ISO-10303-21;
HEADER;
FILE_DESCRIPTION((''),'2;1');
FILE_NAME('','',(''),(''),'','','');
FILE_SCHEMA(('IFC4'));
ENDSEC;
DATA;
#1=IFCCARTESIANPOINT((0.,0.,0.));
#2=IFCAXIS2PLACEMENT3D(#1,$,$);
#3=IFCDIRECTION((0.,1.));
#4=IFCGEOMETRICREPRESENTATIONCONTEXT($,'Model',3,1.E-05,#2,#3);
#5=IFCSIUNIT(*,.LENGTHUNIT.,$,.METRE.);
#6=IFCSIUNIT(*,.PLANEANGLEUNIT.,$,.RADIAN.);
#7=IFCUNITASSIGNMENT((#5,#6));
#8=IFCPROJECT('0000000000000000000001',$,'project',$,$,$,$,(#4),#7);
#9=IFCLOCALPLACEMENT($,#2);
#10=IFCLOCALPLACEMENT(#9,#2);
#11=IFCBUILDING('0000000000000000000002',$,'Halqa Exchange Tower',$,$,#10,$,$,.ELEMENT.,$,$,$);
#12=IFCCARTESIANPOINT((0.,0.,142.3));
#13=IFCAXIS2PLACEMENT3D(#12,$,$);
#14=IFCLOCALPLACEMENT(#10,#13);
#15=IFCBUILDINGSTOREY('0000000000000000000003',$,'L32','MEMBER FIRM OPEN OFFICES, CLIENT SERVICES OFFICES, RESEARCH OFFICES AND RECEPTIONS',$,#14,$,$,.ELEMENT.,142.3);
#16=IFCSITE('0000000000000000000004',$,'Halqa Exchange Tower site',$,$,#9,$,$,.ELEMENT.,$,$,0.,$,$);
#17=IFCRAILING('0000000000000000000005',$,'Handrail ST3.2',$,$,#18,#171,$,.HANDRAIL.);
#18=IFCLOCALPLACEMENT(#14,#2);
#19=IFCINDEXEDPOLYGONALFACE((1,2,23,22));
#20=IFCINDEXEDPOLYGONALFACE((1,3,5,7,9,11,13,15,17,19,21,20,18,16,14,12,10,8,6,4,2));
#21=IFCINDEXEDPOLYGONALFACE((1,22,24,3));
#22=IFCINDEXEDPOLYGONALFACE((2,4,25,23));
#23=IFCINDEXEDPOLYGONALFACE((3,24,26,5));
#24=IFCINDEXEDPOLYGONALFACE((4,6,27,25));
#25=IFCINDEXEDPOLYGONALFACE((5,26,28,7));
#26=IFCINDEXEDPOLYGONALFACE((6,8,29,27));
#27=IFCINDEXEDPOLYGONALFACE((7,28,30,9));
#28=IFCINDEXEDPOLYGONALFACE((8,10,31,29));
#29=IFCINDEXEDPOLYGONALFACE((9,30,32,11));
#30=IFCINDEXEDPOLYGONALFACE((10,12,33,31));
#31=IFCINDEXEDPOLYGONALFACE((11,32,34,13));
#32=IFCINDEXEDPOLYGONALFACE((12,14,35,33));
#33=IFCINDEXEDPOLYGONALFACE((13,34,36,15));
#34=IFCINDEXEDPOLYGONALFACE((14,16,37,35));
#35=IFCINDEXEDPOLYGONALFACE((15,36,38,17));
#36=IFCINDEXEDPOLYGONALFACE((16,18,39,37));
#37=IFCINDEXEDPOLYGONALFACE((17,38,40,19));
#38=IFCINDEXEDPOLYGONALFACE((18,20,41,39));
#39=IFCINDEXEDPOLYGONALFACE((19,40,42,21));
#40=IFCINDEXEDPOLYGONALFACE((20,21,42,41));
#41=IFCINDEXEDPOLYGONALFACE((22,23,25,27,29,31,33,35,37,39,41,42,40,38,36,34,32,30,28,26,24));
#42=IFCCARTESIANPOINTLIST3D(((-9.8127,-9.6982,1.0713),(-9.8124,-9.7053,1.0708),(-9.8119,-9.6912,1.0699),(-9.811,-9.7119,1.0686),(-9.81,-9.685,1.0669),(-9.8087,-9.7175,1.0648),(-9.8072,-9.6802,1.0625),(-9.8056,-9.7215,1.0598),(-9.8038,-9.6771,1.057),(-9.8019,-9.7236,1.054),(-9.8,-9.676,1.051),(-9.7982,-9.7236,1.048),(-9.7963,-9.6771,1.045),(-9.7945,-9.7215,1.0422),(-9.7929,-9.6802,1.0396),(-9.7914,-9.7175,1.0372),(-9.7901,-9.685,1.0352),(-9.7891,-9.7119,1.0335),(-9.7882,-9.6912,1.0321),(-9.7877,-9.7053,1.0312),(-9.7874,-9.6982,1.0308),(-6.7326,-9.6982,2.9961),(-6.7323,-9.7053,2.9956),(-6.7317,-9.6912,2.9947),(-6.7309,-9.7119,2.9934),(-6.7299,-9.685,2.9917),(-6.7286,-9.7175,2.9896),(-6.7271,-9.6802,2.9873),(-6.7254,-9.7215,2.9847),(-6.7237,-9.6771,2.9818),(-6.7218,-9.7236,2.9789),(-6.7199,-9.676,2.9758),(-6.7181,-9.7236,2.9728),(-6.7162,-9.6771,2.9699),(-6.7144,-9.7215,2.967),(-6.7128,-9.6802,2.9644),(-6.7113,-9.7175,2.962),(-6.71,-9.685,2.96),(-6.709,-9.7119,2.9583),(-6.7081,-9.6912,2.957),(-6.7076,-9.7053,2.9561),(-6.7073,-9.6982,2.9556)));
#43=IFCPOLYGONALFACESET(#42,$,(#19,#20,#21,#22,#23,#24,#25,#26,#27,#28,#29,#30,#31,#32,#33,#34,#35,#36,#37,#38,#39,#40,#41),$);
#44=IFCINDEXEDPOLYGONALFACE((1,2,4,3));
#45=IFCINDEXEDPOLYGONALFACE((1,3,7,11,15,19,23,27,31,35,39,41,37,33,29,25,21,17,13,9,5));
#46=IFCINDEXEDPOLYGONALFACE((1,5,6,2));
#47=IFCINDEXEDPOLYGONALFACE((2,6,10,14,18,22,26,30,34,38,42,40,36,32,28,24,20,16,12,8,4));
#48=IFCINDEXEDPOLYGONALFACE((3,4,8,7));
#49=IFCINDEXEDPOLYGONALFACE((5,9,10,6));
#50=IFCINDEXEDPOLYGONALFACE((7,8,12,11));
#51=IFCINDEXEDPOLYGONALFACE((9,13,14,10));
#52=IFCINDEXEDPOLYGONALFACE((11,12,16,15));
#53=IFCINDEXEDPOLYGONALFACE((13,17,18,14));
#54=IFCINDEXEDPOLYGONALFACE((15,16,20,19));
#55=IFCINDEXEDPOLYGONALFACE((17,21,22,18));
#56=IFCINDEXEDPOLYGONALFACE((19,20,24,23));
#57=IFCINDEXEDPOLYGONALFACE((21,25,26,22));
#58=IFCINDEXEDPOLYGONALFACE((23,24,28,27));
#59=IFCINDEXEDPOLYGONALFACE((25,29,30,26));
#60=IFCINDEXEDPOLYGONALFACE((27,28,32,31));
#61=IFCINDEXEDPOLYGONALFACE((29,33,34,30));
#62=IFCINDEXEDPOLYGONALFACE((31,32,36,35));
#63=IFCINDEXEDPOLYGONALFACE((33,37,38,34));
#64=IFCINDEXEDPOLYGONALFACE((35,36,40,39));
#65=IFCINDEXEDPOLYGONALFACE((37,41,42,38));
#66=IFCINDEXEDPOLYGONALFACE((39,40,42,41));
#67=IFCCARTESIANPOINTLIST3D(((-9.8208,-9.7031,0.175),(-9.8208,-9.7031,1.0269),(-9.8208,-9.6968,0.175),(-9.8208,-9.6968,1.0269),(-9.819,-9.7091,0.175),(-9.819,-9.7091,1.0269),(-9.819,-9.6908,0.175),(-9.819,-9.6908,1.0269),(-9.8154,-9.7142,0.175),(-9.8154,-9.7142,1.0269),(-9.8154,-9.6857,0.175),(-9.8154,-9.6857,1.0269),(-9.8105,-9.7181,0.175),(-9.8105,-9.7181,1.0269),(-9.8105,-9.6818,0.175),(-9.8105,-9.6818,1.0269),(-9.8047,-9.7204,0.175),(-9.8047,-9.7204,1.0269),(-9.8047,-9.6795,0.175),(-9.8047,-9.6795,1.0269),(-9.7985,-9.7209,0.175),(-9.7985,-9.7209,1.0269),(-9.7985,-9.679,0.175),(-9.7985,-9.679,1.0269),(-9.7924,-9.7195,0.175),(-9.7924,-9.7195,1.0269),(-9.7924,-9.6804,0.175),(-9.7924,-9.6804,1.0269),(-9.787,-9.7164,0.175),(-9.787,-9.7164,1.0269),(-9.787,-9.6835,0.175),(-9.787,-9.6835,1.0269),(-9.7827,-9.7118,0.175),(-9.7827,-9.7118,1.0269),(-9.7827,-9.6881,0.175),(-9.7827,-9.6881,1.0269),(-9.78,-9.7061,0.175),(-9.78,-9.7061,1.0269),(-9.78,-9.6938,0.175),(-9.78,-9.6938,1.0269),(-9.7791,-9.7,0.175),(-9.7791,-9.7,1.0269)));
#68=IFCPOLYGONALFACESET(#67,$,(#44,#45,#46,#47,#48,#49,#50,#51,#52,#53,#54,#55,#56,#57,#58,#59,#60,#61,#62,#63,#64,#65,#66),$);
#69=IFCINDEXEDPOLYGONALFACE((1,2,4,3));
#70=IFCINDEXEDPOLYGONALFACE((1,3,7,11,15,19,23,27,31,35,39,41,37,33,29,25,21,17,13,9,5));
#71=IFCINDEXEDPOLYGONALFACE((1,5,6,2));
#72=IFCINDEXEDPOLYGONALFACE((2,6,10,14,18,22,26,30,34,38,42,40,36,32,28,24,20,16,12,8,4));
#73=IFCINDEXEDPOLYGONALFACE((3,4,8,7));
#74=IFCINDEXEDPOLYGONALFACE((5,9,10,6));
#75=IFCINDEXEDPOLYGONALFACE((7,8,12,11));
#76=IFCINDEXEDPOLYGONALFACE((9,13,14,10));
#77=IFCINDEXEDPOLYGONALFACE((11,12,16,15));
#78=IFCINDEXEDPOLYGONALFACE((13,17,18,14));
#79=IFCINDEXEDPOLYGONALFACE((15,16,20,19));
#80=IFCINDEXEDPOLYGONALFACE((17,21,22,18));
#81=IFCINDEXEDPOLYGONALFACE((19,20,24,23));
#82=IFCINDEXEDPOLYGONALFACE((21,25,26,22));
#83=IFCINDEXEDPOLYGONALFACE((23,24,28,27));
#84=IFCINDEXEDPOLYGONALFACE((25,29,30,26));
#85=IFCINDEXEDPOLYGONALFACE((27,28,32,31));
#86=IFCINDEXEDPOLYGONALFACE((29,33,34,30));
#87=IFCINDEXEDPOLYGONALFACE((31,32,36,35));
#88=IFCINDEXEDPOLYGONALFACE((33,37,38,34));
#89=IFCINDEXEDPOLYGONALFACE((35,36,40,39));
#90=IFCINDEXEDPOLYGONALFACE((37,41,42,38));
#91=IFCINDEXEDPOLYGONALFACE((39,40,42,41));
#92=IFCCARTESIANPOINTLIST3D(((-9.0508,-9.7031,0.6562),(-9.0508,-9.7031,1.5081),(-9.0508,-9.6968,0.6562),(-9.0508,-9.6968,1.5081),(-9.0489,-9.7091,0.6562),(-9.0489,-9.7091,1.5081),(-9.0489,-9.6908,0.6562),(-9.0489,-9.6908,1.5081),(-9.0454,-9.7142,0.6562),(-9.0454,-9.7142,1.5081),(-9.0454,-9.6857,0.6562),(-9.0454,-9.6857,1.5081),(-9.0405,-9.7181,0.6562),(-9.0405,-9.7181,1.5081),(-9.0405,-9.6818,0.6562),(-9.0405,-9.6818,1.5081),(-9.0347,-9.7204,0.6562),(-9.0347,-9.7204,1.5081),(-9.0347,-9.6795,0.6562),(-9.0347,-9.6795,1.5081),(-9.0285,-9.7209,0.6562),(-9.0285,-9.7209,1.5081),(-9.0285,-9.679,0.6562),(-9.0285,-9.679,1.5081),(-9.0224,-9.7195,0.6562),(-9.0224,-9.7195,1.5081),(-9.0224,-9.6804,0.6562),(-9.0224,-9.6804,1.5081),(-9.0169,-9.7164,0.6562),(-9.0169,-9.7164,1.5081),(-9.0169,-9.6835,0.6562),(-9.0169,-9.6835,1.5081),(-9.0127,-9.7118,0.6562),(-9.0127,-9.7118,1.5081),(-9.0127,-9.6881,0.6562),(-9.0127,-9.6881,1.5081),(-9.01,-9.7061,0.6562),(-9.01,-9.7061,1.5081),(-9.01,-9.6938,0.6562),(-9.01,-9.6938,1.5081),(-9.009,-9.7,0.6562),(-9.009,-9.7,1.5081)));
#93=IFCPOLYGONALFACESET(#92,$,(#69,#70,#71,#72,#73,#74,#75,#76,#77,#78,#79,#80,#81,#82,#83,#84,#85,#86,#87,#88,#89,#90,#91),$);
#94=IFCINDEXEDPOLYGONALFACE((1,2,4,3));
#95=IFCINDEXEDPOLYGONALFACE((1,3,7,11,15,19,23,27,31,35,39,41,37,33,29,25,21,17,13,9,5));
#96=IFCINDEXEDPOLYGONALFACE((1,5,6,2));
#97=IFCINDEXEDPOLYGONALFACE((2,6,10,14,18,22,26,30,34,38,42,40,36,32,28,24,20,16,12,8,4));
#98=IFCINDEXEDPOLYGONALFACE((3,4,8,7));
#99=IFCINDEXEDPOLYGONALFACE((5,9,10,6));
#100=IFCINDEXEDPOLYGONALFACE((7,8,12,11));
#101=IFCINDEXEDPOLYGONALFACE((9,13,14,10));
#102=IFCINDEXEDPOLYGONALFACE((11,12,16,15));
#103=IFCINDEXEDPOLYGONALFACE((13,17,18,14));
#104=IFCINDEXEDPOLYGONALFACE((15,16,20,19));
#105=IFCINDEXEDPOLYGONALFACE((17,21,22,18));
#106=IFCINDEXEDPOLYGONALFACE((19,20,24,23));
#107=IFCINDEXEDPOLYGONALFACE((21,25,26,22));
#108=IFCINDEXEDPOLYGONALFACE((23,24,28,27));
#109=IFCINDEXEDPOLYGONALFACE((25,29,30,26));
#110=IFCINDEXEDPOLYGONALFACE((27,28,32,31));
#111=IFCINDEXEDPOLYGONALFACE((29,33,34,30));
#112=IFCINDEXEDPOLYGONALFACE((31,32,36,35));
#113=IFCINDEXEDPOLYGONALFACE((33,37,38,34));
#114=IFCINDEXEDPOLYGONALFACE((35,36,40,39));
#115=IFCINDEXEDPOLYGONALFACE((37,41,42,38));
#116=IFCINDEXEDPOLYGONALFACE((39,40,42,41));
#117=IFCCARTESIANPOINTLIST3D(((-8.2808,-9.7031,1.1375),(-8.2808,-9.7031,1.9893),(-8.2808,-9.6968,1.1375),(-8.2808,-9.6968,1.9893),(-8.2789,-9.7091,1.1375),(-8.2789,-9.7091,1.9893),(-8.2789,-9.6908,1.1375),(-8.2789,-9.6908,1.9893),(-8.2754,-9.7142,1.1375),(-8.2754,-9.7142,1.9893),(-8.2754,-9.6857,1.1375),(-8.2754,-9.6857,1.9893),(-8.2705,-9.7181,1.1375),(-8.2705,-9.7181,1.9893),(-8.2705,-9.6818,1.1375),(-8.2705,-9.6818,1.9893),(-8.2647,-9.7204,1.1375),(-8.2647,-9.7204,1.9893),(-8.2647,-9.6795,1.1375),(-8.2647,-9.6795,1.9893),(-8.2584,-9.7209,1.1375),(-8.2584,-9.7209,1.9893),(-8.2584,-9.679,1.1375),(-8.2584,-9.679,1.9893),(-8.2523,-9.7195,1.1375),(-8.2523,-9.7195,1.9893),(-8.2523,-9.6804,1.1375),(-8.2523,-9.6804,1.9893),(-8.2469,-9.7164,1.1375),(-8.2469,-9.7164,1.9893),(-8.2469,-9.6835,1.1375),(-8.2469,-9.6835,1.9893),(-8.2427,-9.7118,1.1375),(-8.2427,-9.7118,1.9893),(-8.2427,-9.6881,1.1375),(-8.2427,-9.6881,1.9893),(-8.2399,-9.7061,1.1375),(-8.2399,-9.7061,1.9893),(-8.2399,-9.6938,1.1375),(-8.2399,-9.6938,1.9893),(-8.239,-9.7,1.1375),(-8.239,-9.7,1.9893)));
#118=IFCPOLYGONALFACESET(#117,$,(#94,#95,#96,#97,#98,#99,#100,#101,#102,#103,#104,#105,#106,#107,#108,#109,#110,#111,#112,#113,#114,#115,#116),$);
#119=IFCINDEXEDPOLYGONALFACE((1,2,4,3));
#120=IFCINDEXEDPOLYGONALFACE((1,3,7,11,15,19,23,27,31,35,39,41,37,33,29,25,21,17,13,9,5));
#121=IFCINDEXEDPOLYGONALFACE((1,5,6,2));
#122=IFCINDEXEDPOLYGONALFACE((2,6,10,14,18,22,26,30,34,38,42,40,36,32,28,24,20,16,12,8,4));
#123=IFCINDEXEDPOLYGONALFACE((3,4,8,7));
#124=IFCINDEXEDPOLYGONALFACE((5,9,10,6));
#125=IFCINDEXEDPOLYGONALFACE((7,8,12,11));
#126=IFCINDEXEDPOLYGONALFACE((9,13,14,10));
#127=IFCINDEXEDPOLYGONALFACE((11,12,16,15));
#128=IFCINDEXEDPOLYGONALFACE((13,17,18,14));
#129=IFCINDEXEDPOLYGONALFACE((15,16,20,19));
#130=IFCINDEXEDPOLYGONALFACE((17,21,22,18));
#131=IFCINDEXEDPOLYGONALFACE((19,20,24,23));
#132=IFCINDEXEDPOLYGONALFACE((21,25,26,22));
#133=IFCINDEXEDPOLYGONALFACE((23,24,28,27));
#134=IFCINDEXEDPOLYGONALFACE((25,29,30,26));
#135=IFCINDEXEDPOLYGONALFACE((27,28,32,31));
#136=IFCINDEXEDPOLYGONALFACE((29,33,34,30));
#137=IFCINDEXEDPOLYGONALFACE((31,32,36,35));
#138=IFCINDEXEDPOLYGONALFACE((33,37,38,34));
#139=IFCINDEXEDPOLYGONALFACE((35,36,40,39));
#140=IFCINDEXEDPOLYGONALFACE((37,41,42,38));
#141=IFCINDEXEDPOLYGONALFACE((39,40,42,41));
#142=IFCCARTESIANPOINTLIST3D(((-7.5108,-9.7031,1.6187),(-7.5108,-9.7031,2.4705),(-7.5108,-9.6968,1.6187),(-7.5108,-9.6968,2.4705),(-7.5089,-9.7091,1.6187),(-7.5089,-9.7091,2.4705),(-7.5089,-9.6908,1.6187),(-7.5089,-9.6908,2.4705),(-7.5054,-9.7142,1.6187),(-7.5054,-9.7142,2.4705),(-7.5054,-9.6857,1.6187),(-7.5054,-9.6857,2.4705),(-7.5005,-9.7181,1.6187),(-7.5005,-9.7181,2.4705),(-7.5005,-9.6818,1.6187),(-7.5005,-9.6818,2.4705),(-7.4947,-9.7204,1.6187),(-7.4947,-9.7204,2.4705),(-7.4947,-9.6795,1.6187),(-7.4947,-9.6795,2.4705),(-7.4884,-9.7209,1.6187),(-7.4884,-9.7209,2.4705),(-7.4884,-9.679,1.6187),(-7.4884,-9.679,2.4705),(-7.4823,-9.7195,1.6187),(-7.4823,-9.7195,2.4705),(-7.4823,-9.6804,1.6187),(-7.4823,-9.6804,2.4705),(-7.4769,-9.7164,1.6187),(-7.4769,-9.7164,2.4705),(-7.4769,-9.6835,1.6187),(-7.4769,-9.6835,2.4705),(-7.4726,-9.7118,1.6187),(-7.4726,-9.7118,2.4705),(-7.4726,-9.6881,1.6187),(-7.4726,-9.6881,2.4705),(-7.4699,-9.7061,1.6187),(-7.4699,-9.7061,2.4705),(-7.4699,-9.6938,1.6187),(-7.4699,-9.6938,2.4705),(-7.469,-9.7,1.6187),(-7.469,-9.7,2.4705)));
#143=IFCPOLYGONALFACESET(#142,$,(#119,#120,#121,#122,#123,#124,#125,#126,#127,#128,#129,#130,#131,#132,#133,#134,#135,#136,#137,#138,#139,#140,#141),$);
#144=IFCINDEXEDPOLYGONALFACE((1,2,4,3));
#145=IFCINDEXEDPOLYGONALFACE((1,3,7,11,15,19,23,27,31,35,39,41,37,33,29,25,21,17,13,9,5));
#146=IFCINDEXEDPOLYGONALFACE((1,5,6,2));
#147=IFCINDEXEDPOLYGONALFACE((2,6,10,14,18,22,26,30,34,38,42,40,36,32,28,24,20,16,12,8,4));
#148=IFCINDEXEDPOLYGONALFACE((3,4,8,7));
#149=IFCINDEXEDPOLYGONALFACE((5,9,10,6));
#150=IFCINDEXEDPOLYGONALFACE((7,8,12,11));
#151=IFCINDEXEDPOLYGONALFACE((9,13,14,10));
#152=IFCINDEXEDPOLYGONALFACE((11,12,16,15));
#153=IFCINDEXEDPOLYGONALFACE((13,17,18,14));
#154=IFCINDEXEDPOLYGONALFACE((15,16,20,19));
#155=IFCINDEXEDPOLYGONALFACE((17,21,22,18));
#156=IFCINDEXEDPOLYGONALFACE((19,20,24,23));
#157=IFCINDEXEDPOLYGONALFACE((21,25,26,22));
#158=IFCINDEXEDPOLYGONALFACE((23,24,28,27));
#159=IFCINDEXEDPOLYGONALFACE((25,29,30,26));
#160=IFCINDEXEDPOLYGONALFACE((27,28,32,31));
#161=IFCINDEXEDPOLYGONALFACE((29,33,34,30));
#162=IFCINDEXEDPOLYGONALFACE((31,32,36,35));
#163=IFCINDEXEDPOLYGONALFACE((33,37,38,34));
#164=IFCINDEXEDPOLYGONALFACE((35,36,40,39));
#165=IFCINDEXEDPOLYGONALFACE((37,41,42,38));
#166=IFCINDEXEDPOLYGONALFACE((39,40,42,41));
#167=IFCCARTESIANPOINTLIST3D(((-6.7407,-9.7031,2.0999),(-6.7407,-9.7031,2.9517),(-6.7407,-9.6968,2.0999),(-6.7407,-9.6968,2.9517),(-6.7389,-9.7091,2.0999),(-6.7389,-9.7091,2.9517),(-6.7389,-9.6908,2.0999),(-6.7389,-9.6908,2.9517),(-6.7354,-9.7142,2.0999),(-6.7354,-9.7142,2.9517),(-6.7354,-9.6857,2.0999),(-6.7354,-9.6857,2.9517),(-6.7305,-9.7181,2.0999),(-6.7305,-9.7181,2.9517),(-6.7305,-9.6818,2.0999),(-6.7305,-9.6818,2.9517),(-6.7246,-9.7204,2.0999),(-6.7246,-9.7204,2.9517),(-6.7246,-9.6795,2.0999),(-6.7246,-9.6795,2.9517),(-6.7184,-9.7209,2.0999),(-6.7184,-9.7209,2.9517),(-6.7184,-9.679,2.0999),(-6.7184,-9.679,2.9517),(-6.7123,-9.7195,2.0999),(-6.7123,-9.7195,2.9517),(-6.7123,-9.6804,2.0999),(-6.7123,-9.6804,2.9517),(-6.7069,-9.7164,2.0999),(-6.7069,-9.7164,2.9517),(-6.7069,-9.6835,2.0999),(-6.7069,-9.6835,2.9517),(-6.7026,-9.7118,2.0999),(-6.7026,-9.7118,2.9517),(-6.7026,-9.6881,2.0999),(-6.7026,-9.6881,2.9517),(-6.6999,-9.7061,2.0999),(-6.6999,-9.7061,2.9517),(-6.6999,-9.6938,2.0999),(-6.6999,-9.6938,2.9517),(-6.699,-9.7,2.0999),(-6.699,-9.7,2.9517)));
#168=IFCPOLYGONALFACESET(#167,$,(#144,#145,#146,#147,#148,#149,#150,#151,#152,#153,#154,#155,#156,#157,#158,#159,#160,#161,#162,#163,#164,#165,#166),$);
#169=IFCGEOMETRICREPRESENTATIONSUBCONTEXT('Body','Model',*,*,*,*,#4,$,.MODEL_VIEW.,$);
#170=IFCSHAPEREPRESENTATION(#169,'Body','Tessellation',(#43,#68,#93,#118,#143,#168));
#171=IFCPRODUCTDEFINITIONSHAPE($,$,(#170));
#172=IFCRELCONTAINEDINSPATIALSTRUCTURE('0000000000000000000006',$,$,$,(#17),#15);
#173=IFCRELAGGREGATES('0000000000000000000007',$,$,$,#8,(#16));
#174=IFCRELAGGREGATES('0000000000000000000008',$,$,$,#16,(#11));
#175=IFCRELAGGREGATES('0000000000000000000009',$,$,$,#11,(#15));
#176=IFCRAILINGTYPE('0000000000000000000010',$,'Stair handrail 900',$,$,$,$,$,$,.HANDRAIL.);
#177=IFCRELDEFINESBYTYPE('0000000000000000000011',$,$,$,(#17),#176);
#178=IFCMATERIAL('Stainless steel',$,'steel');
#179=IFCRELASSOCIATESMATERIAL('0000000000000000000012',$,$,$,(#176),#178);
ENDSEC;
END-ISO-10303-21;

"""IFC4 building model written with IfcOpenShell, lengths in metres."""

from ifc_helpers import new_model, si_unit, direction, frame, origin, origin_2d, place, context, subcontext, project, spatial, circle, extrude, material, type_object, element, save


model = new_model("IFC4")

# Units and contexts
model_context = context("Model", 3, precision=1e-05, world=origin(), true_north=direction((0.0, 1.0)))
body_context = subcontext(model_context, "Body", "Model", "MODEL_VIEW")
ifc_project = project(units=[si_unit("LENGTHUNIT", "METRE"), si_unit("PLANEANGLEUNIT", "RADIAN")], contexts=[model_context])

# Site, building, storey
site_placement = place(None, origin())
site = spatial("IfcSite", under=ifc_project, at=site_placement, Name="Halqa Exchange Tower site", CompositionType="ELEMENT", RefElevation=0.0)
building_placement = place(site_placement, origin())
building = spatial("IfcBuilding", under=site, at=building_placement, Name="Halqa Exchange Tower", CompositionType="ELEMENT")
storey_placement = place(building_placement, frame((0.0, 0.0, 142.3)))
storey = spatial("IfcBuildingStorey", under=building, at=storey_placement, Name="L32", Description="MEMBER FIRM OPEN OFFICES, CLIENT SERVICES OFFICES, RESEARCH OFFICES AND RECEPTIONS", CompositionType="ELEMENT", Elevation=142.3)

# Shared definitions
ifc_material_1 = material(Name="Stainless steel", Category="steel")

# Railing
railing_type_1 = type_object("IfcRailingType", Name="Stair handrail 900", PredefinedType="HANDRAIL", material=ifc_material_1)
railing_1_placement = place(storey_placement, frame((-9.8, -9.7, 0.175)))
element("IfcRailing", 1, at=railing_1_placement, inside=storey, type_object=railing_type_1, Name="Handrail ST3.2", PredefinedType="HANDRAIL", context=body_context, shape_type="SweptSolid", body=[
    extrude(circle(Radius=0.0239, at=origin_2d()), frame((0.0, 0.0, 0.876), z_axis=(0.848029, 0.0, 0.529951), x_axis=(0.0, 1.0, 0.0)), (0.0, 0.0, 1.0), 3.6321),
    extrude(circle(Radius=0.021, at=origin_2d()), origin(), (0.0, 0.0, 1.0), 0.8518),
    extrude(circle(Radius=0.021, at=origin_2d()), frame((0.77, 0.0, 0.4812)), (0.0, 0.0, 1.0), 0.8518),
    extrude(circle(Radius=0.021, at=origin_2d()), frame((1.54, 0.0, 0.9624)), (0.0, 0.0, 1.0), 0.8518),
    extrude(circle(Radius=0.021, at=origin_2d()), frame((2.3101, 0.0, 1.4436)), (0.0, 0.0, 1.0), 0.8518),
    extrude(circle(Radius=0.021, at=origin_2d()), frame((3.0801, 0.0, 1.9248)), (0.0, 0.0, 1.0), 0.8518),
])

save(model, "model.ifc")
